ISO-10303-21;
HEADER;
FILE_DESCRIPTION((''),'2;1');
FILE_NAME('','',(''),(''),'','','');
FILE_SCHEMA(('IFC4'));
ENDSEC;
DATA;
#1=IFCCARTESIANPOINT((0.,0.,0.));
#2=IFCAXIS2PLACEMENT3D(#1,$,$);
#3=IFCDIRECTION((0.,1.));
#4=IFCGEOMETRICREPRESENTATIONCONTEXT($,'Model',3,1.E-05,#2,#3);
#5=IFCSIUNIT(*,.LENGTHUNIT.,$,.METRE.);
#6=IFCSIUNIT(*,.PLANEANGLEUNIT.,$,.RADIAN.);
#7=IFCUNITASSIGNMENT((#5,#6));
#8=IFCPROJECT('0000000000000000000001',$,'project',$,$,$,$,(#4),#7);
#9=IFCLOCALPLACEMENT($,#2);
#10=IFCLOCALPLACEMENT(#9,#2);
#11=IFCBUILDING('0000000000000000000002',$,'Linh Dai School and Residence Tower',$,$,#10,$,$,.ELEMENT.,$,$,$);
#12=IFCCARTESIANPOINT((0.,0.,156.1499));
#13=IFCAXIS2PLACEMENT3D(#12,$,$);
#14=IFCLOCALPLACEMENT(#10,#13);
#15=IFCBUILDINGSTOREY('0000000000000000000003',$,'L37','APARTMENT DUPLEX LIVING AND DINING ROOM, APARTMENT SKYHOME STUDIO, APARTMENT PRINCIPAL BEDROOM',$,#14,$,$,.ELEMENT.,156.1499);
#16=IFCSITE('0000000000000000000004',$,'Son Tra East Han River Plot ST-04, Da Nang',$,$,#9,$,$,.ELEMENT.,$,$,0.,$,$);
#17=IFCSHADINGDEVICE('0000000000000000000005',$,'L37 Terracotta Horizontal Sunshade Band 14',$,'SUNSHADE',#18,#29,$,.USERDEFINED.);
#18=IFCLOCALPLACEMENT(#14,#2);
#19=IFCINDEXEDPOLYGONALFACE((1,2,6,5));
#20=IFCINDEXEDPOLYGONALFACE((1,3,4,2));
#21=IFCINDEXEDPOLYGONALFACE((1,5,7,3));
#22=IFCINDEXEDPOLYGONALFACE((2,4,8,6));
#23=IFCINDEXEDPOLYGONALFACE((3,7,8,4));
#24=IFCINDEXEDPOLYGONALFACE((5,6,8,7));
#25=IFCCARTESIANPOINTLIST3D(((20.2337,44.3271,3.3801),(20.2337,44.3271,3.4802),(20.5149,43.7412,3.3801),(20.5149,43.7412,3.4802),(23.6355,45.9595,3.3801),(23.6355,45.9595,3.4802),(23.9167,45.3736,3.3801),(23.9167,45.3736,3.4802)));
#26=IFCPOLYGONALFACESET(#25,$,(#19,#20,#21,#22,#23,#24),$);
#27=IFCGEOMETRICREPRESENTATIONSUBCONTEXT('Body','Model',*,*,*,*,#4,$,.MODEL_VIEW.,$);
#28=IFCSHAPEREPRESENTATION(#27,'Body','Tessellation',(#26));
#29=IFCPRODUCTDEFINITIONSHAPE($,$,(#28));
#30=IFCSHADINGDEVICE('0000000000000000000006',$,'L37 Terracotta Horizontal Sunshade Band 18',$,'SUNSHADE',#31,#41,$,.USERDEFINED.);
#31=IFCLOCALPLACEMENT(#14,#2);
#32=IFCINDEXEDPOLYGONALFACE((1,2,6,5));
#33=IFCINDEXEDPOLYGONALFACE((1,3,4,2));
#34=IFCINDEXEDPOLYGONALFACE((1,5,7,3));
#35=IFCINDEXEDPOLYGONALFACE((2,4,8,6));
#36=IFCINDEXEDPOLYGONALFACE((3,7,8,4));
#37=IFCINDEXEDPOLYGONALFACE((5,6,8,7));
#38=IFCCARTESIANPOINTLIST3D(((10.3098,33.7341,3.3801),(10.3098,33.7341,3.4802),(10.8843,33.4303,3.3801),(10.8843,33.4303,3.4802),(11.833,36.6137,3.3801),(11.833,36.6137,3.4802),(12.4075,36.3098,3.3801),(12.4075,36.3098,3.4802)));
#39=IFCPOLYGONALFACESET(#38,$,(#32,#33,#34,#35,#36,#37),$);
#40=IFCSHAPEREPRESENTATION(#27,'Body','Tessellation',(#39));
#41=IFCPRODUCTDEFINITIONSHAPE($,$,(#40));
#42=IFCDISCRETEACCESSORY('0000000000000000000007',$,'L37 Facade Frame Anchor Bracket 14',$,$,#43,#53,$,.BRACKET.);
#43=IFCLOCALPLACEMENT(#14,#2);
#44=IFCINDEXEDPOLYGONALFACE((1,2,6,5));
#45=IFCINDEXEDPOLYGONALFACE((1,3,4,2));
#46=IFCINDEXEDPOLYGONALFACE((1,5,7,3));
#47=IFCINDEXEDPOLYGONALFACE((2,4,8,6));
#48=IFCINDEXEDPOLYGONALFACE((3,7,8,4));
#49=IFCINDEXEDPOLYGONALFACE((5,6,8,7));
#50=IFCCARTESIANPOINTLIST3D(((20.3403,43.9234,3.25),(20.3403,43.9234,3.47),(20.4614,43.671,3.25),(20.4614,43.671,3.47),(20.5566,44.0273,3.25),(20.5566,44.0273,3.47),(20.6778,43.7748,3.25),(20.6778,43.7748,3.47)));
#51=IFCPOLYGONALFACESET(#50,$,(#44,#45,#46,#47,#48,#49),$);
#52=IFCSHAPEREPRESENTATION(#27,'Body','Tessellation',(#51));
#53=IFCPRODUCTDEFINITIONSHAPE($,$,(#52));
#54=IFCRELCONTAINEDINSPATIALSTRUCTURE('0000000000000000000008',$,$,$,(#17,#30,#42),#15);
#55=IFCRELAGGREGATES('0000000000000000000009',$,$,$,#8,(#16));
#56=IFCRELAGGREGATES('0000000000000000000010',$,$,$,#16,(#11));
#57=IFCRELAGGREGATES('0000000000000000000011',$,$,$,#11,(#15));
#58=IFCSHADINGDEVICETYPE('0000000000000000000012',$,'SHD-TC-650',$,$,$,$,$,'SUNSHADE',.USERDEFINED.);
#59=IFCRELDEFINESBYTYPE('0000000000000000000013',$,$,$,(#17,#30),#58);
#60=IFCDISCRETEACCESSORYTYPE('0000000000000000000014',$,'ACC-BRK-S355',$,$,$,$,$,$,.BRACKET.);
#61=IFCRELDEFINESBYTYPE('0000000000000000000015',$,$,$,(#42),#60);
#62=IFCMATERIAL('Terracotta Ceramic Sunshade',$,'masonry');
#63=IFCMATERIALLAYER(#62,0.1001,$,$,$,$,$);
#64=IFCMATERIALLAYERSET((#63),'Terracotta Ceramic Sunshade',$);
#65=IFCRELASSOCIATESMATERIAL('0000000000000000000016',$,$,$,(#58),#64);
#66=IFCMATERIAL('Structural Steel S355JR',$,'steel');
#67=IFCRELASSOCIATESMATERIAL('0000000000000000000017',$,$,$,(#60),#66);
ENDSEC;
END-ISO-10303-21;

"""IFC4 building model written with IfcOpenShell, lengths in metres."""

from ifc_helpers import new_model, si_unit, direction, frame, origin, origin_2d, place, context, subcontext, project, spatial, rectangle, extrude, source, transform, mapped, material, layer, layer_set, type_object, element, save


model = new_model("IFC4")

# Units and contexts
model_context = context("Model", 3, precision=1e-05, world=origin(), true_north=direction((0.0, 1.0)))
body_context = subcontext(model_context, "Body", "Model", "MODEL_VIEW")
ifc_project = project(units=[si_unit("LENGTHUNIT", "METRE"), si_unit("PLANEANGLEUNIT", "RADIAN")], contexts=[model_context])

# Site, building, storey
site_placement = place(None, origin())
site = spatial("IfcSite", under=ifc_project, at=site_placement, Name="Son Tra East Han River Plot ST-04, Da Nang", CompositionType="ELEMENT", RefElevation=0.0)
building_placement = place(site_placement, origin())
building = spatial("IfcBuilding", under=site, at=building_placement, Name="Linh Dai School and Residence Tower", CompositionType="ELEMENT")
storey_placement = place(building_placement, frame((0.0, 0.0, 156.1499)))
storey = spatial("IfcBuildingStorey", under=building, at=storey_placement, Name="L37", Description="APARTMENT DUPLEX LIVING AND DINING ROOM, APARTMENT SKYHOME STUDIO, APARTMENT PRINCIPAL BEDROOM", CompositionType="ELEMENT", Elevation=156.1499)

# Shared definitions
ifc_material_1 = material(Name="Structural Steel S355JR", Category="steel")

# Shading devices
ifc_material_2 = material(Name="Terracotta Ceramic Sunshade", Category="masonry")
ifc_layer_1 = layer(ifc_material_2, 0.1001)
ifc_layer_set_1 = layer_set([ifc_layer_1], Name="Terracotta Ceramic Sunshade")
shading_device_type = type_object("IfcShadingDeviceType", Name="SHD-TC-650", ElementType="SUNSHADE", PredefinedType="USERDEFINED", material=ifc_layer_set_1)
shared_shape_1 = source(origin(), body_context, "Body", "SweptSolid", [
    extrude(rectangle(XDim=3.7732, YDim=0.6499, at=origin_2d()), origin(), (0.0, 0.0, 1.0), 0.1001),
])
shading_device_1_placement = place(storey_placement, frame((22.0752, 44.8503, 3.3801), z_axis=(0.0, 0.0, 1.0), x_axis=(0.901569, 0.432635, 0.0)))
element("IfcShadingDevice", 1, at=shading_device_1_placement, inside=storey, type_object=shading_device_type, Name="L37 Terracotta Horizontal Sunshade Band 14", ObjectType="SUNSHADE", PredefinedType="USERDEFINED", context=body_context, shape_type="MappedRepresentation", body=[
    mapped(shared_shape_1, transform((0.0, 0.0, 0.0), x_axis=(1.0, 0.0, 0.0), y_axis=(0.0, 1.0, 0.0), z_axis=(0.0, 0.0, 1.0), scale=1.0)),
])
shared_shape_2 = source(origin(), body_context, "Body", "SweptSolid", [
    extrude(rectangle(XDim=3.2576, YDim=0.6499, at=origin_2d()), origin(), (0.0, 0.0, 1.0), 0.1001),
])
shading_device_2_placement = place(storey_placement, frame((11.3586, 35.022, 3.3801), z_axis=(0.0, 0.0, 1.0), x_axis=(0.46758, 0.883951, 0.0)))
element("IfcShadingDevice", 2, at=shading_device_2_placement, inside=storey, type_object=shading_device_type, Name="L37 Terracotta Horizontal Sunshade Band 18", ObjectType="SUNSHADE", PredefinedType="USERDEFINED", context=body_context, shape_type="MappedRepresentation", body=[
    mapped(shared_shape_2, transform((0.0, 0.0, 0.0), x_axis=(1.0, 0.0, 0.0), y_axis=(0.0, 1.0, 0.0), z_axis=(0.0, 0.0, 1.0), scale=1.0)),
])

# Discrete accessory
discrete_accessory_type = type_object("IfcDiscreteAccessoryType", Name="ACC-BRK-S355", PredefinedType="BRACKET", material=ifc_material_1)
shared_shape_3 = source(origin(), body_context, "Body", "SweptSolid", [
    extrude(rectangle(XDim=0.28, YDim=0.24, at=origin_2d()), origin(), (0.0, 0.0, 1.0), 0.22),
])
discrete_accessory_placement = place(storey_placement, frame((20.509, 43.8491, 3.25), z_axis=(0.0, 0.0, 1.0), x_axis=(-0.432635, 0.901569, 0.0)))
element("IfcDiscreteAccessory", 3, at=discrete_accessory_placement, inside=storey, type_object=discrete_accessory_type, Name="L37 Facade Frame Anchor Bracket 14", PredefinedType="BRACKET", context=body_context, shape_type="MappedRepresentation", body=[
    mapped(shared_shape_3, transform((0.0, 0.0, 0.0), x_axis=(1.0, 0.0, 0.0), y_axis=(0.0, 1.0, 0.0), z_axis=(0.0, 0.0, 1.0), scale=1.0)),
])

save(model, "model.ifc")
